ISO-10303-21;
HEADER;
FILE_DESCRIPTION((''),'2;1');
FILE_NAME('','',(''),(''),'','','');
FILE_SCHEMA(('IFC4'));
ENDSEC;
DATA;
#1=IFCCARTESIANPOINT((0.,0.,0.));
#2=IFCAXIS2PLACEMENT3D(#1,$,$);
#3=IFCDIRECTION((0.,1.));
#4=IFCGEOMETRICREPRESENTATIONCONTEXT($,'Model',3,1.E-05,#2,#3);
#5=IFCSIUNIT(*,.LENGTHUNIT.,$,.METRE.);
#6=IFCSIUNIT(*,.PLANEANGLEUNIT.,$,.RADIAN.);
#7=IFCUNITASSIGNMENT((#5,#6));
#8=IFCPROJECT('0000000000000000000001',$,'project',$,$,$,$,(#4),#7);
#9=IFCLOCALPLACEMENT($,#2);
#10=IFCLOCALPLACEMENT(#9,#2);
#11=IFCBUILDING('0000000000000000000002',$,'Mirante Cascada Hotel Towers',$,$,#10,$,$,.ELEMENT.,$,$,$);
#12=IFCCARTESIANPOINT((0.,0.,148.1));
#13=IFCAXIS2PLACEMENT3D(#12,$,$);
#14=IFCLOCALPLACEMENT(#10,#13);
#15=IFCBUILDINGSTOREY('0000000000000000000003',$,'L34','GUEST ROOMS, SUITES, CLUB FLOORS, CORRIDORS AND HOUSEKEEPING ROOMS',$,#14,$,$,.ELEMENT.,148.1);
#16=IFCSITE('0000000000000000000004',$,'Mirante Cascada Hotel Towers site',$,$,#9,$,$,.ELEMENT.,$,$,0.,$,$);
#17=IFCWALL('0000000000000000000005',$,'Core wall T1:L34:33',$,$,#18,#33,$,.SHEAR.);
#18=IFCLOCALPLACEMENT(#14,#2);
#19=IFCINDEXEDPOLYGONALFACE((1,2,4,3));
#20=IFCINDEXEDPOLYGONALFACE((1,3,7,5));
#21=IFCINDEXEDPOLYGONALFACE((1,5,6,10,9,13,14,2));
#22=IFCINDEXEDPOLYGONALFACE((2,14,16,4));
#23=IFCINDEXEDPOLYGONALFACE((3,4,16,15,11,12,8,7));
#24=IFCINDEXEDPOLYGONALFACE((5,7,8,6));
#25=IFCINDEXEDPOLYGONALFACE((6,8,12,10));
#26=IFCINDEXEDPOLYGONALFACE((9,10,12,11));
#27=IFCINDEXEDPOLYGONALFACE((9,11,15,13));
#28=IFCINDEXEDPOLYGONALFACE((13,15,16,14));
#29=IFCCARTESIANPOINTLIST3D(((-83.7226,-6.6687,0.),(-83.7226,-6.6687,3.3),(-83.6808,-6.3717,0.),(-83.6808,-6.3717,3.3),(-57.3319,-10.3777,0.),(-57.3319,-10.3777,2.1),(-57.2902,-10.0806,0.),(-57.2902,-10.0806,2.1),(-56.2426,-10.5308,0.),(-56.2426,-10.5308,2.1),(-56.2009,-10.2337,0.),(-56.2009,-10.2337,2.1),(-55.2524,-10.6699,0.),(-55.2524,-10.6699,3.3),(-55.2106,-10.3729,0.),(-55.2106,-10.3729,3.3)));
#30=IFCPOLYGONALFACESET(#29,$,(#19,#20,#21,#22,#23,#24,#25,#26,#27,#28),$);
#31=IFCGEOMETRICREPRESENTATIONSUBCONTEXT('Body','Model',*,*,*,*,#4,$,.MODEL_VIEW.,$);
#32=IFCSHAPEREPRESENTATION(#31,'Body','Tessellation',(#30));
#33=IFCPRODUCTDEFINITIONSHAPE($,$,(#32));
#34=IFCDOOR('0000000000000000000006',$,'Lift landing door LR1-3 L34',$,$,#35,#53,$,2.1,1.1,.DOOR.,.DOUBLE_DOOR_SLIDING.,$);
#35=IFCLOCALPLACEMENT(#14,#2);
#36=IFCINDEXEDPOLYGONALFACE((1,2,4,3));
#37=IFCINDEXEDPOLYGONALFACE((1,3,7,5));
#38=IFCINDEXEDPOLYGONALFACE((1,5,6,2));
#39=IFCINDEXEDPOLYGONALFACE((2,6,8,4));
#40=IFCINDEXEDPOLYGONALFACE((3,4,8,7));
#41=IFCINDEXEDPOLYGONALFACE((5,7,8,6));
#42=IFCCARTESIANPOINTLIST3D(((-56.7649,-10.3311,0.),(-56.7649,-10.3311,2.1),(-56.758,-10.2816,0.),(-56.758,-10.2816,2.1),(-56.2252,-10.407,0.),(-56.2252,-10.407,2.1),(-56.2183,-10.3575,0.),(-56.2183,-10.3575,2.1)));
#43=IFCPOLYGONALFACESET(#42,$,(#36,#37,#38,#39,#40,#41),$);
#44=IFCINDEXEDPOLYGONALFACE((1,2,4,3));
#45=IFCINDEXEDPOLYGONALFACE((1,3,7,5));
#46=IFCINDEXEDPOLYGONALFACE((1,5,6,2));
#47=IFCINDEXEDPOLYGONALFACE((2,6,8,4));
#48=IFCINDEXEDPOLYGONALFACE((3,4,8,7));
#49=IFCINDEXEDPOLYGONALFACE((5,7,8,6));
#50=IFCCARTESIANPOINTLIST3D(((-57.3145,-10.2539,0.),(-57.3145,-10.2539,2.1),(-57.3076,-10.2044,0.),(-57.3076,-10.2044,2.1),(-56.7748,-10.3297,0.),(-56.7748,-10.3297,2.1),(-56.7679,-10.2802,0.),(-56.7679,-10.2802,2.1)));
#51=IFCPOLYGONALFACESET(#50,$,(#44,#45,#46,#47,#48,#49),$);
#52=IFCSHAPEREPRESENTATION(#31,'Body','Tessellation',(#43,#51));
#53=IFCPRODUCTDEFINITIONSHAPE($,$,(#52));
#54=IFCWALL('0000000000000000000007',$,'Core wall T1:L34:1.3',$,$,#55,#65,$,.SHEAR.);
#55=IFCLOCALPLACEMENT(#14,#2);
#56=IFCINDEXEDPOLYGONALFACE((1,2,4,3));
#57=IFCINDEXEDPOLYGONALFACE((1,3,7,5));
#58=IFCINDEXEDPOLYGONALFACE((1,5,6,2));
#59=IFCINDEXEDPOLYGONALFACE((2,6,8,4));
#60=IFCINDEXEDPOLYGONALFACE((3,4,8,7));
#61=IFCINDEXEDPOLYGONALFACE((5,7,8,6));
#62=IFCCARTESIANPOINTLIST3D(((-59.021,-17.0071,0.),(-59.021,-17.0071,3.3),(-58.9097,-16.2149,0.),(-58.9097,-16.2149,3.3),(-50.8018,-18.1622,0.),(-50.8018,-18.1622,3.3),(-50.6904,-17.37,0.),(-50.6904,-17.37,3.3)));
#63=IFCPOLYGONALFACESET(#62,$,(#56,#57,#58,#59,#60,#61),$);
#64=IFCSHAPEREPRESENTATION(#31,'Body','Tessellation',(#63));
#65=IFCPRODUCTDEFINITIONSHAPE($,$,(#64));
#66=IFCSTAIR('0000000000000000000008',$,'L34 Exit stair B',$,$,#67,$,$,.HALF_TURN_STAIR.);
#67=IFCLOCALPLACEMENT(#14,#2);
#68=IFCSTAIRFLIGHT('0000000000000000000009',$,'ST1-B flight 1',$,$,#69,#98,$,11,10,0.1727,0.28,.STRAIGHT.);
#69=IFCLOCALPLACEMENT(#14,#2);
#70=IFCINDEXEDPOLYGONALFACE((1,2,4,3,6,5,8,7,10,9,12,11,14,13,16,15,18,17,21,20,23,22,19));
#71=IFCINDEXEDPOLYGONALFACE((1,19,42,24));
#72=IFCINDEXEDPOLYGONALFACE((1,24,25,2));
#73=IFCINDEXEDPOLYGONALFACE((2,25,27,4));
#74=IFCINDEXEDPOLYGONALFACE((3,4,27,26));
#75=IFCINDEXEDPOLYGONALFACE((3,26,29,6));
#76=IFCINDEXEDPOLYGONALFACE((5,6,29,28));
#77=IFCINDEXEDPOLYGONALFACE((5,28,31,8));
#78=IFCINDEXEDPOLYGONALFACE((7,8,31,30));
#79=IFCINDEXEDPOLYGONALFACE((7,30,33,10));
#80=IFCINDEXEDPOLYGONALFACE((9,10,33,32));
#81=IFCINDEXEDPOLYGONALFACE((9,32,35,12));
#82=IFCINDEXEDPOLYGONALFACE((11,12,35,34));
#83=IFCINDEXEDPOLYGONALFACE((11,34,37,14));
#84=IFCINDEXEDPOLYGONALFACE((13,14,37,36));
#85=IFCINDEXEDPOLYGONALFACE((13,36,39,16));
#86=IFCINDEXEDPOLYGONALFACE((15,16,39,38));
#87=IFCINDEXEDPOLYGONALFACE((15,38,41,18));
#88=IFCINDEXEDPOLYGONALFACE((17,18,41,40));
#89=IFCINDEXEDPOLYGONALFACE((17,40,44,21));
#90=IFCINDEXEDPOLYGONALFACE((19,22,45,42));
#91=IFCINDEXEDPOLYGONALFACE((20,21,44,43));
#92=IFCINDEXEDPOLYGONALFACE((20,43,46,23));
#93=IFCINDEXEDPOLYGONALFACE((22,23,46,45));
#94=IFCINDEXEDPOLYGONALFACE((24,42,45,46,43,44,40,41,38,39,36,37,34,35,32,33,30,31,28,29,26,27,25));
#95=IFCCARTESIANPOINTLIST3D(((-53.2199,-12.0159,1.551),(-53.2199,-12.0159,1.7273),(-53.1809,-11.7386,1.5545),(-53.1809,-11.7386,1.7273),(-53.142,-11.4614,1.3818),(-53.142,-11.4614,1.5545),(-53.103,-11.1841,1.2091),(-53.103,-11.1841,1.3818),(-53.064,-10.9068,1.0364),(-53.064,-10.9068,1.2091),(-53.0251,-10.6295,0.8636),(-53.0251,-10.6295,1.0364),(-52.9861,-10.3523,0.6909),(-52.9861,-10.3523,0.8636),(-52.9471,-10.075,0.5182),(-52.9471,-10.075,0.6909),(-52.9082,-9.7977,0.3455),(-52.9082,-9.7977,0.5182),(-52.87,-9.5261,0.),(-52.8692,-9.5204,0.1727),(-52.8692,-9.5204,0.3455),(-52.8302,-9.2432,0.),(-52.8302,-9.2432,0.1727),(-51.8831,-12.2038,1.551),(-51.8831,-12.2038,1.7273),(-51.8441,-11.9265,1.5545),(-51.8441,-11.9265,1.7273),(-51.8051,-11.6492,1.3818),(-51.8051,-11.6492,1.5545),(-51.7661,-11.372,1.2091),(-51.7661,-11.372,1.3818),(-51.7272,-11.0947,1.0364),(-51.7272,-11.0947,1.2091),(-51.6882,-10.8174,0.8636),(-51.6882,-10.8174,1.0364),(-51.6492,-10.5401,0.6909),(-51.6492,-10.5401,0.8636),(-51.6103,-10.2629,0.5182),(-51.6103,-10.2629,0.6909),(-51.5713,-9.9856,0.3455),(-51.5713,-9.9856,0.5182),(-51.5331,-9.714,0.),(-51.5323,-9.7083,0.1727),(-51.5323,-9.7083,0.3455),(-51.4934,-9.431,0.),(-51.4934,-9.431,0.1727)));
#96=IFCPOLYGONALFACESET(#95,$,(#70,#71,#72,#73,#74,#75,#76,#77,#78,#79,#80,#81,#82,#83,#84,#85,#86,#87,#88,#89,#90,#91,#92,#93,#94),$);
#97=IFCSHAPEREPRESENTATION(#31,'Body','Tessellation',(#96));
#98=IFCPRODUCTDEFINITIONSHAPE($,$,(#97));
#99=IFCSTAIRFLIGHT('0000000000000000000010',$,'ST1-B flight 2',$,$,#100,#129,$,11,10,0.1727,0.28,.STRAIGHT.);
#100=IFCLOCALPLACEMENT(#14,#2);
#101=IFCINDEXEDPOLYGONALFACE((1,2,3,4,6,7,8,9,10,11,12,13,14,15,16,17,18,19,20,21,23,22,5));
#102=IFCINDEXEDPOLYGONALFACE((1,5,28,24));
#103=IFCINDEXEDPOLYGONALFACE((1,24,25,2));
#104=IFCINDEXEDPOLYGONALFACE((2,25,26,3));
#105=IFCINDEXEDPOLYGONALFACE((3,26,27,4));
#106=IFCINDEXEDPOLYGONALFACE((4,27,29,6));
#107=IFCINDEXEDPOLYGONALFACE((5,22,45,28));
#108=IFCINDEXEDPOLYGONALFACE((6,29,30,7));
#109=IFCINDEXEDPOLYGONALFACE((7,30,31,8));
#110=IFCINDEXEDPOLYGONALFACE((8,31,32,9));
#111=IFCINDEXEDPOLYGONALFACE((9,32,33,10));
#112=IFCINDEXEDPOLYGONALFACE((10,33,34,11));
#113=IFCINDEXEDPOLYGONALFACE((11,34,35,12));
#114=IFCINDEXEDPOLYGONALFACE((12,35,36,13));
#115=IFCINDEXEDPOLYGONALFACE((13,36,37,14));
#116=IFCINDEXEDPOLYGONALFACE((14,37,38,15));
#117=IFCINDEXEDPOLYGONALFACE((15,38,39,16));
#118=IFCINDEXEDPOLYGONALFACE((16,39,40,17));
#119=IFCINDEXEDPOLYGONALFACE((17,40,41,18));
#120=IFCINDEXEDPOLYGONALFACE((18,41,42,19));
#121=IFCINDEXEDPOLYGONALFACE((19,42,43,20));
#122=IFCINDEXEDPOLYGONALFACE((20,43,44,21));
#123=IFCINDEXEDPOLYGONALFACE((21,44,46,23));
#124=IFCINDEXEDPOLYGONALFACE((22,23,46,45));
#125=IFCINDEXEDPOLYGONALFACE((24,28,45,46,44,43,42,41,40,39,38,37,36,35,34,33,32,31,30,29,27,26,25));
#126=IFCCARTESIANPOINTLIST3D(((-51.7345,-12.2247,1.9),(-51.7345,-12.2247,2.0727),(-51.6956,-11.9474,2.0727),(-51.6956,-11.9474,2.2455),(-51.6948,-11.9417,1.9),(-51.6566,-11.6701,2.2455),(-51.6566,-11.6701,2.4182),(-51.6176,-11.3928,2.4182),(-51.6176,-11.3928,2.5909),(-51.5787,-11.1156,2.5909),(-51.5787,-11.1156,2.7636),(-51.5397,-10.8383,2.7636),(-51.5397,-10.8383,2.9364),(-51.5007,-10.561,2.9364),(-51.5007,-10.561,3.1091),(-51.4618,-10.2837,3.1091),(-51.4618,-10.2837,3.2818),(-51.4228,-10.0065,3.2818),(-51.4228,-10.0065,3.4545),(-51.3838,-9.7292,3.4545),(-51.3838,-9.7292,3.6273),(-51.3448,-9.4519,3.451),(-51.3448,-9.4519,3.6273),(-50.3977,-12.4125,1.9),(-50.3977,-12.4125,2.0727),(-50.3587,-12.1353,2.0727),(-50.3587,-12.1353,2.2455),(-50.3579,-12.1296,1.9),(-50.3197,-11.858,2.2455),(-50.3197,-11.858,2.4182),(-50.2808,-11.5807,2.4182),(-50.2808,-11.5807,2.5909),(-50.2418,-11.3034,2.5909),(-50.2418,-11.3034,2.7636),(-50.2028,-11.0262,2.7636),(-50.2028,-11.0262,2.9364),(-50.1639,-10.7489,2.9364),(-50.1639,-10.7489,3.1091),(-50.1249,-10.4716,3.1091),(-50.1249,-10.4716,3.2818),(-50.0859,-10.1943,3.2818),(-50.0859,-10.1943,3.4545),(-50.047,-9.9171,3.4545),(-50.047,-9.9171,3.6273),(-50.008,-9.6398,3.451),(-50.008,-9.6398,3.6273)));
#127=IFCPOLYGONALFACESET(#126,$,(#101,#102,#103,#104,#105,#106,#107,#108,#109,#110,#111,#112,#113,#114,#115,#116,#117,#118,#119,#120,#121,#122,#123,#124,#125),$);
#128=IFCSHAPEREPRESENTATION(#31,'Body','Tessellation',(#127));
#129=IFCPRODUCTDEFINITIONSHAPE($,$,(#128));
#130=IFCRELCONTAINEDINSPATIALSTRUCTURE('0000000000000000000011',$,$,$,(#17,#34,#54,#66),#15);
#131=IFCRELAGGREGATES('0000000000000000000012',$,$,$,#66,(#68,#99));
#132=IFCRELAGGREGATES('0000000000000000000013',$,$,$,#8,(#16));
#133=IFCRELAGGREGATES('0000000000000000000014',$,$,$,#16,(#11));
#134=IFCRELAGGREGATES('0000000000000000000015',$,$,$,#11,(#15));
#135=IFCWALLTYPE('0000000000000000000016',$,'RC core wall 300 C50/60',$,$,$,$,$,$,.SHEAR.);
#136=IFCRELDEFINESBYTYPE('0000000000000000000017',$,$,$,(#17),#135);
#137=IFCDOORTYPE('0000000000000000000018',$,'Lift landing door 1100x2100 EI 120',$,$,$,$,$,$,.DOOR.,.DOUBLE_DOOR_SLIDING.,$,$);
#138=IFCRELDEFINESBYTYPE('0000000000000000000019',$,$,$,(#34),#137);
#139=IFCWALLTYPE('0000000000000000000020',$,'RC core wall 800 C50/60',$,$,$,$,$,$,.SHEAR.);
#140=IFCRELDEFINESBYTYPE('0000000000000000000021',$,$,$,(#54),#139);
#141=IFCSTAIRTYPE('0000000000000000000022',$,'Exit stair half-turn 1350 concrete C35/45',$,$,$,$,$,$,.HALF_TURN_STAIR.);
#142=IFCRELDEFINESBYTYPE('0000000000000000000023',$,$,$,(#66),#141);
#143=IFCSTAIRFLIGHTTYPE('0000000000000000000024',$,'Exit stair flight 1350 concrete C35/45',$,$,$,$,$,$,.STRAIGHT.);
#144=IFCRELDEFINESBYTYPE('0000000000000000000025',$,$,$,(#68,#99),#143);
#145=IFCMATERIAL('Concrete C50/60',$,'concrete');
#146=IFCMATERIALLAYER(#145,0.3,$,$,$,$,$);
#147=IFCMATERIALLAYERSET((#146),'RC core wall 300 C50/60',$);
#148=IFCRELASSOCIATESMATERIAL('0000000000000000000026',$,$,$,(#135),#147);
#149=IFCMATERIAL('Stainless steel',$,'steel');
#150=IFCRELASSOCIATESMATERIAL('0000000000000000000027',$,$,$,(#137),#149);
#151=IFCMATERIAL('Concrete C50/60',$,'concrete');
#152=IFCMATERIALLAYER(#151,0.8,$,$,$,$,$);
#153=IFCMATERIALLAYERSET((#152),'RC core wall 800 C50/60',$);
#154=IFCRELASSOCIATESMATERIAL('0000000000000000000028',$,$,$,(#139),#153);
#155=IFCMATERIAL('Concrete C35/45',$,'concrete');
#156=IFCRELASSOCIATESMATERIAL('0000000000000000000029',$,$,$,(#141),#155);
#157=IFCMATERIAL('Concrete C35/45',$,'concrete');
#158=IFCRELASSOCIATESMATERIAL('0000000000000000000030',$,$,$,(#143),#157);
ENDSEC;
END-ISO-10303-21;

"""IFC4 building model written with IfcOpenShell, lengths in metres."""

from ifc_helpers import new_model, si_unit, direction, frame, frame_2d, origin, place, context, subcontext, project, spatial, polyline, rectangle, outline, extrude, material, layer, layer_set, type_object, element, fill, aggregate, save


model = new_model("IFC4")

# Units and contexts
model_context = context("Model", 3, precision=1e-05, world=origin(), true_north=direction((0.0, 1.0)))
body_context = subcontext(model_context, "Body", "Model", "MODEL_VIEW")
ifc_project = project(units=[si_unit("LENGTHUNIT", "METRE"), si_unit("PLANEANGLEUNIT", "RADIAN")], contexts=[model_context])

# Site, building, storey
site_placement = place(None, origin())
site = spatial("IfcSite", under=ifc_project, at=site_placement, Name="Mirante Cascada Hotel Towers site", CompositionType="ELEMENT", RefElevation=0.0)
building_placement = place(site_placement, origin())
building = spatial("IfcBuilding", under=site, at=building_placement, Name="Mirante Cascada Hotel Towers", CompositionType="ELEMENT")
storey_placement = place(building_placement, frame((0.0, 0.0, 148.1)))
storey = spatial("IfcBuildingStorey", under=building, at=storey_placement, Name="L34", Description="GUEST ROOMS, SUITES, CLUB FLOORS, CORRIDORS AND HOUSEKEEPING ROOMS", CompositionType="ELEMENT", Elevation=148.1)

# Shared definitions
ifc_material_1 = material(Name="Concrete C50/60", Category="concrete")
ifc_layer_1 = layer(ifc_material_1, 0.3)
ifc_layer_set_1 = layer_set([ifc_layer_1], Name="RC core wall 300 C50/60")
wall_type_1 = type_object("IfcWallType", Name="RC core wall 300 C50/60", PredefinedType="SHEAR", material=ifc_layer_set_1)

# Shared definitions
ifc_material_2 = material(Name="Stainless steel", Category="steel")
door_type_1 = type_object("IfcDoorType", Name="Lift landing door 1100x2100 EI 120", OperationType="DOUBLE_DOOR_SLIDING", PredefinedType="DOOR", material=ifc_material_2)

# Wall, opening, door
wall_1_placement = place(storey_placement, frame((-55.2315, -10.5214, 0.0), z_axis=(0.0, 0.0, 1.0), x_axis=(-0.990268, 0.139172, 0.0)))
wall_1 = element("IfcWall", 1, at=wall_1_placement, inside=storey, type_object=wall_type_1, Name="Core wall T1:L34:33", PredefinedType="SHEAR", context=body_context, shape_type="SweptSolid", body=[
    extrude(rectangle(XDim=28.75, YDim=0.3, at=frame_2d((14.375, 0.0))), origin(), (0.0, 0.0, 1.0), 3.3),
])
opening_1_placement = place(wall_1_placement, frame((1.0, 0.0, 0.0)))
opening_1 = element("IfcOpeningElement", 2, at=opening_1_placement, cuts=wall_1, PredefinedType="OPENING", context=body_context, shape_type="SweptSolid", body=[
    extrude(rectangle(XDim=1.1, YDim=2.1, at=frame_2d((0.55, 1.05))), frame((0.0, 0.15, 0.0), z_axis=(0.0, -1.0, 0.0), x_axis=(1.0, 0.0, 0.0)), (0.0, 0.0, 1.0), 0.3),
])
door_1_placement = place(opening_1_placement, origin())
door_1 = element("IfcDoor", 3, at=door_1_placement, inside=storey, type_object=door_type_1, Name="Lift landing door LR1-3 L34", OperationType="DOUBLE_DOOR_SLIDING", OverallHeight=2.1, OverallWidth=1.1, PredefinedType="DOOR", context=body_context, shape_type="SweptSolid", body=[
    extrude(rectangle(XDim=0.545, YDim=2.1, at=frame_2d((0.2725, 1.05))), frame((0.0, 0.025, 0.0), z_axis=(0.0, -1.0, 0.0), x_axis=(1.0, 0.0, 0.0)), (0.0, 0.0, 1.0), 0.05),
    extrude(rectangle(XDim=0.545, YDim=2.1, at=frame_2d((0.8275, 1.05))), frame((0.0, 0.025, 0.0), z_axis=(0.0, -1.0, 0.0), x_axis=(1.0, 0.0, 0.0)), (0.0, 0.0, 1.0), 0.05),
])
fill(opening_1, door_1)

# Wall
ifc_material_3 = material(Name="Concrete C50/60", Category="concrete")
ifc_layer_2 = layer(ifc_material_3, 0.8)
ifc_layer_set_2 = layer_set([ifc_layer_2], Name="RC core wall 800 C50/60")
wall_type_2 = type_object("IfcWallType", Name="RC core wall 800 C50/60", PredefinedType="SHEAR", material=ifc_layer_set_2)
wall_2_placement = place(storey_placement, frame((-50.7461, -17.7661, 0.0), z_axis=(0.0, 0.0, 1.0), x_axis=(-0.990269, 0.139169, 0.0)))
element("IfcWall", 4, at=wall_2_placement, inside=storey, type_object=wall_type_2, Name="Core wall T1:L34:1.3", PredefinedType="SHEAR", context=body_context, shape_type="SweptSolid", body=[
    extrude(rectangle(XDim=8.3, YDim=0.8, at=frame_2d((4.15, 0.0))), origin(), (0.0, 0.0, 1.0), 3.3),
])

# Stair, stair flights
ifc_material_4 = material(Name="Concrete C35/45", Category="concrete")
stair_type = type_object("IfcStairType", Name="Exit stair half-turn 1350 concrete C35/45", PredefinedType="HALF_TURN_STAIR", material=ifc_material_4)
stair_placement = place(storey_placement, origin())
stair = element("IfcStair", 5, at=stair_placement, inside=storey, type_object=stair_type, Name="L34 Exit stair B", PredefinedType="HALF_TURN_STAIR")
ifc_material_5 = material(Name="Concrete C35/45", Category="concrete")
stair_flight_type = type_object("IfcStairFlightType", Name="Exit stair flight 1350 concrete C35/45", PredefinedType="STRAIGHT", material=ifc_material_5)
stair_flight_1_placement = place(storey_placement, frame((-52.1618, -9.3371, 0.0), z_axis=(0.0, 0.0, 1.0), x_axis=(-0.139173, -0.990268, 0.0)))
stair_flight_1 = element("IfcStairFlight", 6, at=stair_flight_1_placement, type_object=stair_flight_type, Name="ST1-B flight 1", NumberOfRisers=11, NumberOfTreads=10, PredefinedType="STRAIGHT", RiserHeight=0.1727, TreadLength=0.28, context=body_context, shape_type="SweptSolid", body=[
    extrude(outline(polyline([(0.0, 0.0), (0.0, 0.1727), (0.28, 0.1727), (0.28, 0.3455), (0.56, 0.3455), (0.56, 0.5182), (0.84, 0.5182), (0.84, 0.6909), (1.12, 0.6909), (1.12, 0.8636), (1.4, 0.8636), (1.4, 1.0364), (1.68, 1.0364), (1.68, 1.2091), (1.96, 1.2091), (1.96, 1.3818), (2.24, 1.3818), (2.24, 1.5545), (2.52, 1.5545), (2.52, 1.7273), (2.8, 1.7273), (2.8, 1.9), (2.8, 1.551), (0.2857, 0.0), (0.0, 0.0)])), frame((0.0, 0.675, 0.0), z_axis=(0.0, -1.0, 0.0), x_axis=(1.0, 0.0, 0.0)), (0.0, 0.0, 1.0), 1.35),
])
stair_flight_2_placement = place(storey_placement, frame((-51.0661, -12.3186, 1.9), z_axis=(0.0, 0.0, 1.0), x_axis=(0.139173, 0.990268, 0.0)))
stair_flight_2 = element("IfcStairFlight", 7, at=stair_flight_2_placement, type_object=stair_flight_type, Name="ST1-B flight 2", NumberOfRisers=11, NumberOfTreads=10, PredefinedType="STRAIGHT", RiserHeight=0.1727, TreadLength=0.28, context=body_context, shape_type="SweptSolid", body=[
    extrude(outline(polyline([(0.0, 0.0), (0.0, 0.1727), (0.28, 0.1727), (0.28, 0.3455), (0.56, 0.3455), (0.56, 0.5182), (0.84, 0.5182), (0.84, 0.6909), (1.12, 0.6909), (1.12, 0.8636), (1.4, 0.8636), (1.4, 1.0364), (1.68, 1.0364), (1.68, 1.2091), (1.96, 1.2091), (1.96, 1.3818), (2.24, 1.3818), (2.24, 1.5545), (2.52, 1.5545), (2.52, 1.7273), (2.8, 1.7273), (2.8, 1.9), (2.8, 1.551), (0.2857, 0.0), (0.0, 0.0)])), frame((0.0, 0.675, 0.0), z_axis=(0.0, -1.0, 0.0), x_axis=(1.0, 0.0, 0.0)), (0.0, 0.0, 1.0), 1.35),
])
aggregate(stair, [stair_flight_1, stair_flight_2])

save(model, "model.ifc")
